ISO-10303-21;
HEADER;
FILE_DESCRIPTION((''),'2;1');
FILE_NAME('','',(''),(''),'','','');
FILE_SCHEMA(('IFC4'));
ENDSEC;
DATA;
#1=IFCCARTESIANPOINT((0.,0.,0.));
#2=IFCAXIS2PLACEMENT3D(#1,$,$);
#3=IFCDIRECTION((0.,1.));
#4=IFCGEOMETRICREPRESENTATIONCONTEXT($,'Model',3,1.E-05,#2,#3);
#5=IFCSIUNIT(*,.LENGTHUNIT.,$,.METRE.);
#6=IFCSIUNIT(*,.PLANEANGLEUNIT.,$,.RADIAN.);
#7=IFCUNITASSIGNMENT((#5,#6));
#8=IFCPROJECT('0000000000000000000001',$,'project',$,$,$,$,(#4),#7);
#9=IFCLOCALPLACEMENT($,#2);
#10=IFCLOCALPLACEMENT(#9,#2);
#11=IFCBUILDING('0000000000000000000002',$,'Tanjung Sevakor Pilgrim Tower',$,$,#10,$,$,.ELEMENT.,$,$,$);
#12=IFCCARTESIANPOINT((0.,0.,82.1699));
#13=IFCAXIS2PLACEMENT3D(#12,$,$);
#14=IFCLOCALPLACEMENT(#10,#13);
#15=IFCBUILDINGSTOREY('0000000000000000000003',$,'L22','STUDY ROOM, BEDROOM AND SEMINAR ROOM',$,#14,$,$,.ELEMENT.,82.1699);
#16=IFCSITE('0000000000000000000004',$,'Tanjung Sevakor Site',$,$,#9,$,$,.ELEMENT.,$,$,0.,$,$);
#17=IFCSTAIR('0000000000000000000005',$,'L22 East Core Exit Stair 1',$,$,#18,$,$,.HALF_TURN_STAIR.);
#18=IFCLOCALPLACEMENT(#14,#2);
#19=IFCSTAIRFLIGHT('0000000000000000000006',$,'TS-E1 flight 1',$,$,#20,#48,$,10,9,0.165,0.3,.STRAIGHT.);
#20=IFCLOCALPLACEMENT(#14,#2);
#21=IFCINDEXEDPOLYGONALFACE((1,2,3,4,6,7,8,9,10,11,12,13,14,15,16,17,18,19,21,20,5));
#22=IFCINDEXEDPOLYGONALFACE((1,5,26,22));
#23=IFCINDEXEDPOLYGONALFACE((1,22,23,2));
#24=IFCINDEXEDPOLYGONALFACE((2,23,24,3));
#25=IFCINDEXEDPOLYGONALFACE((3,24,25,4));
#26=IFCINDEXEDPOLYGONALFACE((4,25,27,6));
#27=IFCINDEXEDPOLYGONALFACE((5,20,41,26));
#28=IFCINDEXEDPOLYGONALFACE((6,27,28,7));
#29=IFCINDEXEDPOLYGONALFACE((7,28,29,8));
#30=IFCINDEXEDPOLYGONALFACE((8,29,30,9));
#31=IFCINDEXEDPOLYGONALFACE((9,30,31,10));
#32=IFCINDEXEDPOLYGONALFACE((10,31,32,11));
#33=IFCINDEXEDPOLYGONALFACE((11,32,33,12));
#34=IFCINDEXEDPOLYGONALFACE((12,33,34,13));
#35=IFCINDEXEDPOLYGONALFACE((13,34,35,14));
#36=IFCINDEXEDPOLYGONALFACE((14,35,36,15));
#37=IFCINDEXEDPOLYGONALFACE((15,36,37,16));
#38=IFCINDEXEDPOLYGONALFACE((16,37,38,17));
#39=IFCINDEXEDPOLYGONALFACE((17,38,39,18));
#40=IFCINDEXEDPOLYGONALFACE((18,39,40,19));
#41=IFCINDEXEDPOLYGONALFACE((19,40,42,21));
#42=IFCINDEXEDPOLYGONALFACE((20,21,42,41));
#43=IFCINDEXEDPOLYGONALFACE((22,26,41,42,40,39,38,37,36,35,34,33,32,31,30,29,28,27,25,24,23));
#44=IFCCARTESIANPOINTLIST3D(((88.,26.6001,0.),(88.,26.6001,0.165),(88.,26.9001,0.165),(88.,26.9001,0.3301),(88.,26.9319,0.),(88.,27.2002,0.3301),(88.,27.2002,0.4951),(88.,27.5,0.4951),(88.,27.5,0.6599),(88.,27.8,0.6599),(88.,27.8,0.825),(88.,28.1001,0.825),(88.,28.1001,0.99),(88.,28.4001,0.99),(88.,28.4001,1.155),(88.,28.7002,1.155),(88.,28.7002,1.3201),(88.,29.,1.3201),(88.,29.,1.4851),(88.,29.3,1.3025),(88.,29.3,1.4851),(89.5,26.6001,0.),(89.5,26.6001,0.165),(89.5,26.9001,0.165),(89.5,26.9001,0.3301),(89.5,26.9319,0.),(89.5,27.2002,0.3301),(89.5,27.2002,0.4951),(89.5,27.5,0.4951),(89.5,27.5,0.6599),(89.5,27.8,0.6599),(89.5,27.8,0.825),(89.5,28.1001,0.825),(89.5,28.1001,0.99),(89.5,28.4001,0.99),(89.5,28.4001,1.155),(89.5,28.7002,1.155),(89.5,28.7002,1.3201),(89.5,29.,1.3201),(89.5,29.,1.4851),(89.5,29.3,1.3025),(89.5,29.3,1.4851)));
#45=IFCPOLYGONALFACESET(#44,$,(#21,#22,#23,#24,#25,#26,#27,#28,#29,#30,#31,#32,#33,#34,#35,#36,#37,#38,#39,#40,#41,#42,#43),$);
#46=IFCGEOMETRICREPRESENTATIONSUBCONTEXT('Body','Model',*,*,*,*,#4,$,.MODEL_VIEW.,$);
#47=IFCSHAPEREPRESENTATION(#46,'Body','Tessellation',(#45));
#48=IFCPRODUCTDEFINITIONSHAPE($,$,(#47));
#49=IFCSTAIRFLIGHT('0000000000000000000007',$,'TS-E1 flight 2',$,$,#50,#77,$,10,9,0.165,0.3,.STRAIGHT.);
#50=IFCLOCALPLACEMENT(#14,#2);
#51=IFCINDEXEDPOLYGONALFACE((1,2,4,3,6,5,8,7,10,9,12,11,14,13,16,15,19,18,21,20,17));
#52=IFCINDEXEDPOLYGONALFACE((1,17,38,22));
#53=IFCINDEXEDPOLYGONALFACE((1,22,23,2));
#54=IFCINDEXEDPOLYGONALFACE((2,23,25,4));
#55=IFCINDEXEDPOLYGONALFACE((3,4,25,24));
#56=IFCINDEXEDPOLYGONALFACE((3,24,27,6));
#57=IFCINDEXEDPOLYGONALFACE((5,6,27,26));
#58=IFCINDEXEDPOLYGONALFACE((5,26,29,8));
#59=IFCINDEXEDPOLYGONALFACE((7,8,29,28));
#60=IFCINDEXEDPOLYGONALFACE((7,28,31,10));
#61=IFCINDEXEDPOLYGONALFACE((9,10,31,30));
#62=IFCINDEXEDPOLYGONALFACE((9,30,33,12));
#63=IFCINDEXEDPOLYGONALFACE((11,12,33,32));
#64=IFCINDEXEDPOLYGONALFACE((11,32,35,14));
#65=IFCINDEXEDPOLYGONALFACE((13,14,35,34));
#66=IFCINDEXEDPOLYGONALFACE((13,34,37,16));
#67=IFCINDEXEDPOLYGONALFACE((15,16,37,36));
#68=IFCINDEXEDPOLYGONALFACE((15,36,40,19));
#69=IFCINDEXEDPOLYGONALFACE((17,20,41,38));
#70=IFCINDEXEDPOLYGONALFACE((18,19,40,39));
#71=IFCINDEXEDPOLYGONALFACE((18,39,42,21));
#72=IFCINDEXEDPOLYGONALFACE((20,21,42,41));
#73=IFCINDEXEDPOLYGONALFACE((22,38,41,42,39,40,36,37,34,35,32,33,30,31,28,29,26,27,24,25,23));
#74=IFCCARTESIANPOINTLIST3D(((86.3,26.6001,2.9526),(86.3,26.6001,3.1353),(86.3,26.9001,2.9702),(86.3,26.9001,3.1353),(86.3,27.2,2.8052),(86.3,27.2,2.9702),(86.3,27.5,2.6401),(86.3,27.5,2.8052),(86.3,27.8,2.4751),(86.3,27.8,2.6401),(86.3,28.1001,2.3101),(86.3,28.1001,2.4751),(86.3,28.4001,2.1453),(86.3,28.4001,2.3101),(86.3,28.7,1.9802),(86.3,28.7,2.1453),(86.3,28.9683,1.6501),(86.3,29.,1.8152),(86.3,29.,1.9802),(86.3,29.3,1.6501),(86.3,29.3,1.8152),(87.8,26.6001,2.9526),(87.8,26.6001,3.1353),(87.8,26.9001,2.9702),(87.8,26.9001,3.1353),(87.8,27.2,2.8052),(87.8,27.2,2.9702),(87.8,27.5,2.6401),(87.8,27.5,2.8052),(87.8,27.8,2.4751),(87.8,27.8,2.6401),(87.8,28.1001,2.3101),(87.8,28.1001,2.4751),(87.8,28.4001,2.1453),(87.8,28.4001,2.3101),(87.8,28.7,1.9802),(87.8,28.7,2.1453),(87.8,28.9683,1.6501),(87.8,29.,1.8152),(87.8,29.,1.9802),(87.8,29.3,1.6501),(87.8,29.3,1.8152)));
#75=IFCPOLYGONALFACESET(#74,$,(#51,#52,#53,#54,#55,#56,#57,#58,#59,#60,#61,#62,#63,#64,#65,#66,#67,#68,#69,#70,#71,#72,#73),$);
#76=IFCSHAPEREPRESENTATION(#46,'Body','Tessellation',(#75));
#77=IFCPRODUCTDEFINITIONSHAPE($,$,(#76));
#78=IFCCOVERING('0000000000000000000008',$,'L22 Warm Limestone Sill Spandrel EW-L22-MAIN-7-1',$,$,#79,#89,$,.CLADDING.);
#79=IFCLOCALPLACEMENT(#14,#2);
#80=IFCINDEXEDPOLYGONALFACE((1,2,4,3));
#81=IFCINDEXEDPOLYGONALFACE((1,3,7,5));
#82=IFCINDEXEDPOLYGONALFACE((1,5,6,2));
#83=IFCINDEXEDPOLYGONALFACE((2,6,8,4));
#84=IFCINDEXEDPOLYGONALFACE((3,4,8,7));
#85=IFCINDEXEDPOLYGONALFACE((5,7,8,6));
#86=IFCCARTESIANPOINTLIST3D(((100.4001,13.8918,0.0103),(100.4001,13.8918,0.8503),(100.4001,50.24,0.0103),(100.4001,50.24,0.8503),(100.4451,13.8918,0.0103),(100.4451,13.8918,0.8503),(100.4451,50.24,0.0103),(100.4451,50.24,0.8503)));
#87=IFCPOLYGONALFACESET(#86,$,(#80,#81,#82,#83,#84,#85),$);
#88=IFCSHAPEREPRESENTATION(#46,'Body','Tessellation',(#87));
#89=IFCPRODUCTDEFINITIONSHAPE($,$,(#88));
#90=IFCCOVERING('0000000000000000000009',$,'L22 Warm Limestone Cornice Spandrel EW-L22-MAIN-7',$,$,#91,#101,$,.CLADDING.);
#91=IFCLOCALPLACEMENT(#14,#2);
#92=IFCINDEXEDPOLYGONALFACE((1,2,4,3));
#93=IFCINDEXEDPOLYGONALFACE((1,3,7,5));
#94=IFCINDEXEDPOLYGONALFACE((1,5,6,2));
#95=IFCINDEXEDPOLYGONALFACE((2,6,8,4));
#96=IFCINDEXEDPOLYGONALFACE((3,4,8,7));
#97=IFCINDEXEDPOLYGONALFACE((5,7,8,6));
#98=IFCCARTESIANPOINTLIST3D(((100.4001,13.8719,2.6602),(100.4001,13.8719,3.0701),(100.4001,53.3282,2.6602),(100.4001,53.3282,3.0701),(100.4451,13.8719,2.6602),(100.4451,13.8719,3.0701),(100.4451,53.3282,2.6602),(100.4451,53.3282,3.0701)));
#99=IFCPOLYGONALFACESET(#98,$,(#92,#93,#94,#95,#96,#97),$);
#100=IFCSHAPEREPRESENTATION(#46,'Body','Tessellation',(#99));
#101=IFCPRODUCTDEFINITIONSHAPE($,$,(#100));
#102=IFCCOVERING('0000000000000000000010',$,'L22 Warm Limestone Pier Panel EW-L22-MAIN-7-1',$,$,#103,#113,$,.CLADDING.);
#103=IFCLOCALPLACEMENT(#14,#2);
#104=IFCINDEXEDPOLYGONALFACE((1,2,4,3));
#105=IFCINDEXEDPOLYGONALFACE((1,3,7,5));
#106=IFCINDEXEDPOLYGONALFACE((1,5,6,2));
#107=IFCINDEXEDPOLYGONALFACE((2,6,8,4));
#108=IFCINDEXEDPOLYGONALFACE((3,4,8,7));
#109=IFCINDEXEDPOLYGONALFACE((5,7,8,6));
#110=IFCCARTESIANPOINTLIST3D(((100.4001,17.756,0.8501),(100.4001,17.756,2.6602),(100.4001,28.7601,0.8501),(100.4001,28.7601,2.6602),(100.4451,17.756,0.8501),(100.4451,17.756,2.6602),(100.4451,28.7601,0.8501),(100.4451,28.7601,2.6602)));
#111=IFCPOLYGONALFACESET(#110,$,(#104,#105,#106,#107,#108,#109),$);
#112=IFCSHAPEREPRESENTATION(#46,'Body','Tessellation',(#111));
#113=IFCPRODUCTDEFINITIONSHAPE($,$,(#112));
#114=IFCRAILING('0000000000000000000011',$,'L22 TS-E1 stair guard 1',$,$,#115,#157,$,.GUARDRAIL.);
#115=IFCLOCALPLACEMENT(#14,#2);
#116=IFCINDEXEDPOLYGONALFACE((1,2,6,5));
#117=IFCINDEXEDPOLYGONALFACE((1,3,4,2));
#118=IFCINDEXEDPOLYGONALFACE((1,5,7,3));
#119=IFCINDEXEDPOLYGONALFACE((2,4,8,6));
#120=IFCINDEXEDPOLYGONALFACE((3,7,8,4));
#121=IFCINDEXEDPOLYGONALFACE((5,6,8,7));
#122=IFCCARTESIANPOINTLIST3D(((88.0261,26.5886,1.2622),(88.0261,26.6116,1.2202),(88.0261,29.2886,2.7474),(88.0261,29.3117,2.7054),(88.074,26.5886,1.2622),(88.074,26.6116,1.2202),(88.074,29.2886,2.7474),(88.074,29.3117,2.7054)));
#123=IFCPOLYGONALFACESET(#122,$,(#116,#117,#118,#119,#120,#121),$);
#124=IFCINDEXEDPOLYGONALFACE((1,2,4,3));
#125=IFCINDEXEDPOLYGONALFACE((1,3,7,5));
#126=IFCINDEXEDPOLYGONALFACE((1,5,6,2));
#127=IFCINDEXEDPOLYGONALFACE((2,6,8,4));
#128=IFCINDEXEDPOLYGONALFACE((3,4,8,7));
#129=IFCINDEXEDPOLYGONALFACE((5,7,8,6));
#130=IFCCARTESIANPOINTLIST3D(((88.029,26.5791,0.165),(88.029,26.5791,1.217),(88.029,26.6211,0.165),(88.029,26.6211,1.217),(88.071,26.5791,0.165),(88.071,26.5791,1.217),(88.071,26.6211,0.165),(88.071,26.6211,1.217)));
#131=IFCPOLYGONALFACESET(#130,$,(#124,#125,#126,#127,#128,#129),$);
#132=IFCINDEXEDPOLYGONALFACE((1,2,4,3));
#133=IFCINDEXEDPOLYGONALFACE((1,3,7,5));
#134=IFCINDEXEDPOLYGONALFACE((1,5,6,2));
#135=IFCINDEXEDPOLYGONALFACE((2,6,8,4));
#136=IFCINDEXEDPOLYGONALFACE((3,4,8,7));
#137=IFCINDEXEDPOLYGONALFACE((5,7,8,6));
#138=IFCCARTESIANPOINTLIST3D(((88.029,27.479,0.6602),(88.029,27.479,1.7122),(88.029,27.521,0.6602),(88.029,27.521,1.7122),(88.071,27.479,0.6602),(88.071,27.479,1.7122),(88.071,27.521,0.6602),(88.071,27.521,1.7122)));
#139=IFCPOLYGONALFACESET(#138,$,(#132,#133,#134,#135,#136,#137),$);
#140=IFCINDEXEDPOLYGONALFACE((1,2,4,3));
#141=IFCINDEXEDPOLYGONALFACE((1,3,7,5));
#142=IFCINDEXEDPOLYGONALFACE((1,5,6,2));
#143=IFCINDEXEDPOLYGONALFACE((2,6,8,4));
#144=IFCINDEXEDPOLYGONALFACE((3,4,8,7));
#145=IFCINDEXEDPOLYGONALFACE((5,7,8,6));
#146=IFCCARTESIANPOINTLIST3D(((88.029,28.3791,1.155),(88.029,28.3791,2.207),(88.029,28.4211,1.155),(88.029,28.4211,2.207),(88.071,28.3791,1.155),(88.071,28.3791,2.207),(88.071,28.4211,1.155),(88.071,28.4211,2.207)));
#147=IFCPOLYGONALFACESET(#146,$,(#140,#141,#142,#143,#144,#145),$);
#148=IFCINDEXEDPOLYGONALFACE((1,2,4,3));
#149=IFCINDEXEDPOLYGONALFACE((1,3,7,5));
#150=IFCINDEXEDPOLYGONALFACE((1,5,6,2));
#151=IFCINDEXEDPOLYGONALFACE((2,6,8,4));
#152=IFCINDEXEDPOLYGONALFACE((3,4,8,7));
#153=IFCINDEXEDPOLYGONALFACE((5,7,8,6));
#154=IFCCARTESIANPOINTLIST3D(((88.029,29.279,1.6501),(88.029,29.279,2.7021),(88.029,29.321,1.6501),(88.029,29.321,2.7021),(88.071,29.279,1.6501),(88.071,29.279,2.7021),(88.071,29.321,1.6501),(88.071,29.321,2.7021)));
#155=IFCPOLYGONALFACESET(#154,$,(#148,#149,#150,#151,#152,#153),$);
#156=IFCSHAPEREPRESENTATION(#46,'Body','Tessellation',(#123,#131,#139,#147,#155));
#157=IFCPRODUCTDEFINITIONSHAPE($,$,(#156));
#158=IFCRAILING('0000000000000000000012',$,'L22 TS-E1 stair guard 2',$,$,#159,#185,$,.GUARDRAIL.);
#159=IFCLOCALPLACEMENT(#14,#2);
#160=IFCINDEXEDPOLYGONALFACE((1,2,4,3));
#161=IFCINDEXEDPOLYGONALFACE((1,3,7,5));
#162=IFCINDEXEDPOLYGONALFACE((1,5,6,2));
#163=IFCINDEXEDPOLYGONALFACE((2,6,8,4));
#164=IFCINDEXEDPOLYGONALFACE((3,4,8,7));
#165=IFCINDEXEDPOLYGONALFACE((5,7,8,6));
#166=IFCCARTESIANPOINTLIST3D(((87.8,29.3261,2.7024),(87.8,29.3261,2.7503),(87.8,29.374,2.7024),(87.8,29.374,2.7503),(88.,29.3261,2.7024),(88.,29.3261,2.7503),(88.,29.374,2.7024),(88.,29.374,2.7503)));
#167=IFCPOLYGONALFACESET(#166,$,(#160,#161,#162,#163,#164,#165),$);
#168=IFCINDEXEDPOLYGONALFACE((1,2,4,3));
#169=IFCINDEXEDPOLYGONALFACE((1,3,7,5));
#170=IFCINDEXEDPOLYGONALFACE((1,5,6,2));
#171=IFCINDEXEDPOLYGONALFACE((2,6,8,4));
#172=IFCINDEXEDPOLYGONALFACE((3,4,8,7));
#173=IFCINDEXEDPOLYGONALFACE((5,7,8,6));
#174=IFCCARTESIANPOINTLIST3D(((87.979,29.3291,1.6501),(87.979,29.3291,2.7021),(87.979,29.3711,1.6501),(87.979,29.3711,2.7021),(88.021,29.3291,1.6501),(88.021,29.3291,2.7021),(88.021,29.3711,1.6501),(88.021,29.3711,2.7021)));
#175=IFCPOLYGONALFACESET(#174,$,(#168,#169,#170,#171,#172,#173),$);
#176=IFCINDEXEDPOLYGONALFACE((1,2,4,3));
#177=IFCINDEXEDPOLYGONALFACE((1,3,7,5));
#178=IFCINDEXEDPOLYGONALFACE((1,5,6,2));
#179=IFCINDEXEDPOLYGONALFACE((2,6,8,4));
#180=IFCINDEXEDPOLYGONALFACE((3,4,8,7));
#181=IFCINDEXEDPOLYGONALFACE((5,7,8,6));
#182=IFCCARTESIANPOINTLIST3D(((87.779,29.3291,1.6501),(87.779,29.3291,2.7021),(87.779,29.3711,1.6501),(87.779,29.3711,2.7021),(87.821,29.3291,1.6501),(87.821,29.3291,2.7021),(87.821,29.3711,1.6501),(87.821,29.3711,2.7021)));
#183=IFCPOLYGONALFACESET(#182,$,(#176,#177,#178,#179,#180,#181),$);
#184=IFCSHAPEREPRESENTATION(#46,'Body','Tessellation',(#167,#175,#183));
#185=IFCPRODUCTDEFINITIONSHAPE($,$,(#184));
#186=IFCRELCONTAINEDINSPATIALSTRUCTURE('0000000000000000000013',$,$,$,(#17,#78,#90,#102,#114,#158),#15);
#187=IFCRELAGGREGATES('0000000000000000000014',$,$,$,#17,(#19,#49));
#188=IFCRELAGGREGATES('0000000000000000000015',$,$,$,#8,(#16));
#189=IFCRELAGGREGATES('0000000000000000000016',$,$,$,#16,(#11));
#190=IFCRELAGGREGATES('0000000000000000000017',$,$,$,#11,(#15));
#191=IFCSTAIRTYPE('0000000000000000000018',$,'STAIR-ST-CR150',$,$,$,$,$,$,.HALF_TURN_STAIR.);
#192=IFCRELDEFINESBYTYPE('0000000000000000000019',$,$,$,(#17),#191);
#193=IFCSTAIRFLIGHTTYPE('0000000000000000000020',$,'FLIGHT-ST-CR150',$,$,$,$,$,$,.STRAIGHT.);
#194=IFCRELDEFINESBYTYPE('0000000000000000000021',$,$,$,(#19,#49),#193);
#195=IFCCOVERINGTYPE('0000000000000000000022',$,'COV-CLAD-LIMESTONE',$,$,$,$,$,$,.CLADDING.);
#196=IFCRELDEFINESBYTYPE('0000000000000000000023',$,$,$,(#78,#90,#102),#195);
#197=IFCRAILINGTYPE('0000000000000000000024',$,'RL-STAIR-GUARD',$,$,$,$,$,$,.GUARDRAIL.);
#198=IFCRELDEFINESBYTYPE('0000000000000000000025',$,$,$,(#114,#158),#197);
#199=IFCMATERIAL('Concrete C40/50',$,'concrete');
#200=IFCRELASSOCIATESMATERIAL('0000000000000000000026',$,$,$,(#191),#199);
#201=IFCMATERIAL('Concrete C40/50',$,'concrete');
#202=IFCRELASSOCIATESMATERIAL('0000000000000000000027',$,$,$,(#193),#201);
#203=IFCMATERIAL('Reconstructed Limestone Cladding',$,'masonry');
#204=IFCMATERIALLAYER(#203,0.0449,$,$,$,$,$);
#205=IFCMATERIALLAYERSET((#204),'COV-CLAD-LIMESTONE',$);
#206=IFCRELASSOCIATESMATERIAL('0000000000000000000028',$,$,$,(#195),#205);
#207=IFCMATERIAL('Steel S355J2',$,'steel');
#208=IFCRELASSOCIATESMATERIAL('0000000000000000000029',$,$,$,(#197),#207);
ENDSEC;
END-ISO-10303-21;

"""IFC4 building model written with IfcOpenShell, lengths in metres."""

from ifc_helpers import new_model, si_unit, direction, frame, origin, origin_2d, place, context, subcontext, project, spatial, polyline, rectangle, outline, extrude, material, layer, layer_set, type_object, element, aggregate, save


model = new_model("IFC4")

# Units and contexts
model_context = context("Model", 3, precision=1e-05, world=origin(), true_north=direction((0.0, 1.0)))
body_context = subcontext(model_context, "Body", "Model", "MODEL_VIEW")
ifc_project = project(units=[si_unit("LENGTHUNIT", "METRE"), si_unit("PLANEANGLEUNIT", "RADIAN")], contexts=[model_context])

# Site, building, storey
site_placement = place(None, origin())
site = spatial("IfcSite", under=ifc_project, at=site_placement, Name="Tanjung Sevakor Site", CompositionType="ELEMENT", RefElevation=0.0)
building_placement = place(site_placement, origin())
building = spatial("IfcBuilding", under=site, at=building_placement, Name="Tanjung Sevakor Pilgrim Tower", CompositionType="ELEMENT")
storey_placement = place(building_placement, frame((0.0, 0.0, 82.1699)))
storey = spatial("IfcBuildingStorey", under=building, at=storey_placement, Name="L22", Description="STUDY ROOM, BEDROOM AND SEMINAR ROOM", CompositionType="ELEMENT", Elevation=82.1699)

# Stair, stair flights
ifc_material_1 = material(Name="Concrete C40/50", Category="concrete")
stair_type = type_object("IfcStairType", Name="STAIR-ST-CR150", PredefinedType="HALF_TURN_STAIR", material=ifc_material_1)
stair_placement = place(storey_placement, origin())
stair = element("IfcStair", 1, at=stair_placement, inside=storey, type_object=stair_type, Name="L22 East Core Exit Stair 1", PredefinedType="HALF_TURN_STAIR")
ifc_material_2 = material(Name="Concrete C40/50", Category="concrete")
stair_flight_type = type_object("IfcStairFlightType", Name="FLIGHT-ST-CR150", PredefinedType="STRAIGHT", material=ifc_material_2)
stair_flight_1_placement = place(storey_placement, frame((88.75, 26.6001, 0.0), z_axis=(0.0, 0.0, 1.0), x_axis=(0.0, 1.0, 0.0)))
stair_flight_1 = element("IfcStairFlight", 2, at=stair_flight_1_placement, type_object=stair_flight_type, Name="TS-E1 flight 1", NumberOfRisers=10, NumberOfTreads=9, PredefinedType="STRAIGHT", RiserHeight=0.165, TreadLength=0.3, context=body_context, shape_type="SweptSolid", body=[
    extrude(outline(polyline([(0.0, 0.0), (0.0, 0.165), (0.3, 0.165), (0.3, 0.3301), (0.6001, 0.3301), (0.6001, 0.4951), (0.8999, 0.4951), (0.8999, 0.6599), (1.2, 0.6599), (1.2, 0.825), (1.5, 0.825), (1.5, 0.99), (1.8, 0.99), (1.8, 1.155), (2.1001, 1.155), (2.1001, 1.3201), (2.3999, 1.3201), (2.3999, 1.4851), (2.7, 1.4851), (2.7, 1.6499), (2.7, 1.3025), (0.3318, 0.0), (0.0, 0.0)])), frame((0.0, 0.75, 0.0), z_axis=(0.0, -1.0, 0.0), x_axis=(1.0, 0.0, 0.0)), (0.0, 0.0, 1.0), 1.5),
])
stair_flight_2_placement = place(storey_placement, frame((87.05, 29.3, 1.6501), z_axis=(0.0, 0.0, 1.0), x_axis=(0.0, -1.0, 0.0)))
stair_flight_2 = element("IfcStairFlight", 3, at=stair_flight_2_placement, type_object=stair_flight_type, Name="TS-E1 flight 2", NumberOfRisers=10, NumberOfTreads=9, PredefinedType="STRAIGHT", RiserHeight=0.165, TreadLength=0.3, context=body_context, shape_type="SweptSolid", body=[
    extrude(outline(polyline([(0.0, 0.0), (0.0, 0.165), (0.3, 0.165), (0.3, 0.3301), (0.6001, 0.3301), (0.6001, 0.4951), (0.8999, 0.4951), (0.8999, 0.6599), (1.2, 0.6599), (1.2, 0.825), (1.5, 0.825), (1.5, 0.99), (1.8, 0.99), (1.8, 1.155), (2.1001, 1.155), (2.1001, 1.3201), (2.3999, 1.3201), (2.3999, 1.4851), (2.7, 1.4851), (2.7, 1.6499), (2.7, 1.3025), (0.3318, 0.0), (0.0, 0.0)])), frame((0.0, 0.75, 0.0), z_axis=(0.0, -1.0, 0.0), x_axis=(1.0, 0.0, 0.0)), (0.0, 0.0, 1.0), 1.5),
])
aggregate(stair, [stair_flight_1, stair_flight_2])

# Coverings
ifc_material_3 = material(Name="Reconstructed Limestone Cladding", Category="masonry")
ifc_layer_1 = layer(ifc_material_3, 0.0449)
ifc_layer_set_1 = layer_set([ifc_layer_1], Name="COV-CLAD-LIMESTONE")
covering_type = type_object("IfcCoveringType", Name="COV-CLAD-LIMESTONE", PredefinedType="CLADDING", material=ifc_layer_set_1)
covering_1_placement = place(storey_placement, frame((100.4226, 32.0659, 0.0103), z_axis=(0.0, 0.0, 1.0), x_axis=(0.0, 1.0, 0.0)))
element("IfcCovering", 4, at=covering_1_placement, inside=storey, type_object=covering_type, Name="L22 Warm Limestone Sill Spandrel EW-L22-MAIN-7-1", PredefinedType="CLADDING", context=body_context, shape_type="SweptSolid", body=[
    extrude(rectangle(XDim=36.3481, YDim=0.0449, at=origin_2d()), origin(), (0.0, 0.0, 1.0), 0.8401),
])
covering_2_placement = place(storey_placement, frame((100.4226, 33.6001, 2.6602), z_axis=(0.0, 0.0, 1.0), x_axis=(0.0, 1.0, 0.0)))
element("IfcCovering", 5, at=covering_2_placement, inside=storey, type_object=covering_type, Name="L22 Warm Limestone Cornice Spandrel EW-L22-MAIN-7", PredefinedType="CLADDING", context=body_context, shape_type="SweptSolid", body=[
    extrude(rectangle(XDim=39.4563, YDim=0.0449, at=origin_2d()), origin(), (0.0, 0.0, 1.0), 0.4099),
])
covering_3_placement = place(storey_placement, frame((100.4226, 23.2581, 0.8501), z_axis=(0.0, 0.0, 1.0), x_axis=(0.0, 1.0, 0.0)))
element("IfcCovering", 6, at=covering_3_placement, inside=storey, type_object=covering_type, Name="L22 Warm Limestone Pier Panel EW-L22-MAIN-7-1", PredefinedType="CLADDING", context=body_context, shape_type="SweptSolid", body=[
    extrude(rectangle(XDim=11.0042, YDim=0.0449, at=origin_2d()), origin(), (0.0, 0.0, 1.0), 1.8101),
])

# Railings
ifc_material_4 = material(Name="Steel S355J2", Category="steel")
railing_type_1 = type_object("IfcRailingType", Name="RL-STAIR-GUARD", PredefinedType="GUARDRAIL", material=ifc_material_4)
railing_1_placement = place(storey_placement, frame((88.05, 26.6001, 0.165)))
element("IfcRailing", 7, at=railing_1_placement, inside=storey, type_object=railing_type_1, Name="L22 TS-E1 stair guard 1", PredefinedType="GUARDRAIL", context=body_context, shape_type="SweptSolid", body=[
    extrude(rectangle(XDim=0.0479, YDim=0.0479), frame((0.0, 0.0, 1.0762), z_axis=(0.0, 0.876198, 0.481952), x_axis=(-1.0, 0.0, 0.0)), (0.0, 0.0, 1.0), 3.0815),
    extrude(rectangle(XDim=0.042, YDim=0.042), origin(), (0.0, 0.0, 1.0), 1.052),
    extrude(rectangle(XDim=0.042, YDim=0.042), frame((0.0, 0.8999, 0.4951)), (0.0, 0.0, 1.0), 1.052),
    extrude(rectangle(XDim=0.042, YDim=0.042), frame((0.0, 1.8, 0.99)), (0.0, 0.0, 1.0), 1.052),
    extrude(rectangle(XDim=0.042, YDim=0.042), frame((0.0, 2.7, 1.4851)), (0.0, 0.0, 1.0), 1.052),
])
railing_2_placement = place(storey_placement, frame((88.0, 29.3501, 1.6501)))
element("IfcRailing", 8, at=railing_2_placement, inside=storey, type_object=railing_type_1, Name="L22 TS-E1 stair guard 2", PredefinedType="GUARDRAIL", context=body_context, shape_type="SweptSolid", body=[
    extrude(rectangle(XDim=0.0479, YDim=0.0479), frame((0.0, 0.0, 1.0762), z_axis=(-1.0, 0.0, 0.0), x_axis=(0.0, -1.0, 0.0)), (0.0, 0.0, 1.0), 0.2),
    extrude(rectangle(XDim=0.042, YDim=0.042), origin(), (0.0, 0.0, 1.0), 1.052),
    extrude(rectangle(XDim=0.042, YDim=0.042), frame((-0.2, 0.0, 0.0)), (0.0, 0.0, 1.0), 1.052),
])

save(model, "model.ifc")
